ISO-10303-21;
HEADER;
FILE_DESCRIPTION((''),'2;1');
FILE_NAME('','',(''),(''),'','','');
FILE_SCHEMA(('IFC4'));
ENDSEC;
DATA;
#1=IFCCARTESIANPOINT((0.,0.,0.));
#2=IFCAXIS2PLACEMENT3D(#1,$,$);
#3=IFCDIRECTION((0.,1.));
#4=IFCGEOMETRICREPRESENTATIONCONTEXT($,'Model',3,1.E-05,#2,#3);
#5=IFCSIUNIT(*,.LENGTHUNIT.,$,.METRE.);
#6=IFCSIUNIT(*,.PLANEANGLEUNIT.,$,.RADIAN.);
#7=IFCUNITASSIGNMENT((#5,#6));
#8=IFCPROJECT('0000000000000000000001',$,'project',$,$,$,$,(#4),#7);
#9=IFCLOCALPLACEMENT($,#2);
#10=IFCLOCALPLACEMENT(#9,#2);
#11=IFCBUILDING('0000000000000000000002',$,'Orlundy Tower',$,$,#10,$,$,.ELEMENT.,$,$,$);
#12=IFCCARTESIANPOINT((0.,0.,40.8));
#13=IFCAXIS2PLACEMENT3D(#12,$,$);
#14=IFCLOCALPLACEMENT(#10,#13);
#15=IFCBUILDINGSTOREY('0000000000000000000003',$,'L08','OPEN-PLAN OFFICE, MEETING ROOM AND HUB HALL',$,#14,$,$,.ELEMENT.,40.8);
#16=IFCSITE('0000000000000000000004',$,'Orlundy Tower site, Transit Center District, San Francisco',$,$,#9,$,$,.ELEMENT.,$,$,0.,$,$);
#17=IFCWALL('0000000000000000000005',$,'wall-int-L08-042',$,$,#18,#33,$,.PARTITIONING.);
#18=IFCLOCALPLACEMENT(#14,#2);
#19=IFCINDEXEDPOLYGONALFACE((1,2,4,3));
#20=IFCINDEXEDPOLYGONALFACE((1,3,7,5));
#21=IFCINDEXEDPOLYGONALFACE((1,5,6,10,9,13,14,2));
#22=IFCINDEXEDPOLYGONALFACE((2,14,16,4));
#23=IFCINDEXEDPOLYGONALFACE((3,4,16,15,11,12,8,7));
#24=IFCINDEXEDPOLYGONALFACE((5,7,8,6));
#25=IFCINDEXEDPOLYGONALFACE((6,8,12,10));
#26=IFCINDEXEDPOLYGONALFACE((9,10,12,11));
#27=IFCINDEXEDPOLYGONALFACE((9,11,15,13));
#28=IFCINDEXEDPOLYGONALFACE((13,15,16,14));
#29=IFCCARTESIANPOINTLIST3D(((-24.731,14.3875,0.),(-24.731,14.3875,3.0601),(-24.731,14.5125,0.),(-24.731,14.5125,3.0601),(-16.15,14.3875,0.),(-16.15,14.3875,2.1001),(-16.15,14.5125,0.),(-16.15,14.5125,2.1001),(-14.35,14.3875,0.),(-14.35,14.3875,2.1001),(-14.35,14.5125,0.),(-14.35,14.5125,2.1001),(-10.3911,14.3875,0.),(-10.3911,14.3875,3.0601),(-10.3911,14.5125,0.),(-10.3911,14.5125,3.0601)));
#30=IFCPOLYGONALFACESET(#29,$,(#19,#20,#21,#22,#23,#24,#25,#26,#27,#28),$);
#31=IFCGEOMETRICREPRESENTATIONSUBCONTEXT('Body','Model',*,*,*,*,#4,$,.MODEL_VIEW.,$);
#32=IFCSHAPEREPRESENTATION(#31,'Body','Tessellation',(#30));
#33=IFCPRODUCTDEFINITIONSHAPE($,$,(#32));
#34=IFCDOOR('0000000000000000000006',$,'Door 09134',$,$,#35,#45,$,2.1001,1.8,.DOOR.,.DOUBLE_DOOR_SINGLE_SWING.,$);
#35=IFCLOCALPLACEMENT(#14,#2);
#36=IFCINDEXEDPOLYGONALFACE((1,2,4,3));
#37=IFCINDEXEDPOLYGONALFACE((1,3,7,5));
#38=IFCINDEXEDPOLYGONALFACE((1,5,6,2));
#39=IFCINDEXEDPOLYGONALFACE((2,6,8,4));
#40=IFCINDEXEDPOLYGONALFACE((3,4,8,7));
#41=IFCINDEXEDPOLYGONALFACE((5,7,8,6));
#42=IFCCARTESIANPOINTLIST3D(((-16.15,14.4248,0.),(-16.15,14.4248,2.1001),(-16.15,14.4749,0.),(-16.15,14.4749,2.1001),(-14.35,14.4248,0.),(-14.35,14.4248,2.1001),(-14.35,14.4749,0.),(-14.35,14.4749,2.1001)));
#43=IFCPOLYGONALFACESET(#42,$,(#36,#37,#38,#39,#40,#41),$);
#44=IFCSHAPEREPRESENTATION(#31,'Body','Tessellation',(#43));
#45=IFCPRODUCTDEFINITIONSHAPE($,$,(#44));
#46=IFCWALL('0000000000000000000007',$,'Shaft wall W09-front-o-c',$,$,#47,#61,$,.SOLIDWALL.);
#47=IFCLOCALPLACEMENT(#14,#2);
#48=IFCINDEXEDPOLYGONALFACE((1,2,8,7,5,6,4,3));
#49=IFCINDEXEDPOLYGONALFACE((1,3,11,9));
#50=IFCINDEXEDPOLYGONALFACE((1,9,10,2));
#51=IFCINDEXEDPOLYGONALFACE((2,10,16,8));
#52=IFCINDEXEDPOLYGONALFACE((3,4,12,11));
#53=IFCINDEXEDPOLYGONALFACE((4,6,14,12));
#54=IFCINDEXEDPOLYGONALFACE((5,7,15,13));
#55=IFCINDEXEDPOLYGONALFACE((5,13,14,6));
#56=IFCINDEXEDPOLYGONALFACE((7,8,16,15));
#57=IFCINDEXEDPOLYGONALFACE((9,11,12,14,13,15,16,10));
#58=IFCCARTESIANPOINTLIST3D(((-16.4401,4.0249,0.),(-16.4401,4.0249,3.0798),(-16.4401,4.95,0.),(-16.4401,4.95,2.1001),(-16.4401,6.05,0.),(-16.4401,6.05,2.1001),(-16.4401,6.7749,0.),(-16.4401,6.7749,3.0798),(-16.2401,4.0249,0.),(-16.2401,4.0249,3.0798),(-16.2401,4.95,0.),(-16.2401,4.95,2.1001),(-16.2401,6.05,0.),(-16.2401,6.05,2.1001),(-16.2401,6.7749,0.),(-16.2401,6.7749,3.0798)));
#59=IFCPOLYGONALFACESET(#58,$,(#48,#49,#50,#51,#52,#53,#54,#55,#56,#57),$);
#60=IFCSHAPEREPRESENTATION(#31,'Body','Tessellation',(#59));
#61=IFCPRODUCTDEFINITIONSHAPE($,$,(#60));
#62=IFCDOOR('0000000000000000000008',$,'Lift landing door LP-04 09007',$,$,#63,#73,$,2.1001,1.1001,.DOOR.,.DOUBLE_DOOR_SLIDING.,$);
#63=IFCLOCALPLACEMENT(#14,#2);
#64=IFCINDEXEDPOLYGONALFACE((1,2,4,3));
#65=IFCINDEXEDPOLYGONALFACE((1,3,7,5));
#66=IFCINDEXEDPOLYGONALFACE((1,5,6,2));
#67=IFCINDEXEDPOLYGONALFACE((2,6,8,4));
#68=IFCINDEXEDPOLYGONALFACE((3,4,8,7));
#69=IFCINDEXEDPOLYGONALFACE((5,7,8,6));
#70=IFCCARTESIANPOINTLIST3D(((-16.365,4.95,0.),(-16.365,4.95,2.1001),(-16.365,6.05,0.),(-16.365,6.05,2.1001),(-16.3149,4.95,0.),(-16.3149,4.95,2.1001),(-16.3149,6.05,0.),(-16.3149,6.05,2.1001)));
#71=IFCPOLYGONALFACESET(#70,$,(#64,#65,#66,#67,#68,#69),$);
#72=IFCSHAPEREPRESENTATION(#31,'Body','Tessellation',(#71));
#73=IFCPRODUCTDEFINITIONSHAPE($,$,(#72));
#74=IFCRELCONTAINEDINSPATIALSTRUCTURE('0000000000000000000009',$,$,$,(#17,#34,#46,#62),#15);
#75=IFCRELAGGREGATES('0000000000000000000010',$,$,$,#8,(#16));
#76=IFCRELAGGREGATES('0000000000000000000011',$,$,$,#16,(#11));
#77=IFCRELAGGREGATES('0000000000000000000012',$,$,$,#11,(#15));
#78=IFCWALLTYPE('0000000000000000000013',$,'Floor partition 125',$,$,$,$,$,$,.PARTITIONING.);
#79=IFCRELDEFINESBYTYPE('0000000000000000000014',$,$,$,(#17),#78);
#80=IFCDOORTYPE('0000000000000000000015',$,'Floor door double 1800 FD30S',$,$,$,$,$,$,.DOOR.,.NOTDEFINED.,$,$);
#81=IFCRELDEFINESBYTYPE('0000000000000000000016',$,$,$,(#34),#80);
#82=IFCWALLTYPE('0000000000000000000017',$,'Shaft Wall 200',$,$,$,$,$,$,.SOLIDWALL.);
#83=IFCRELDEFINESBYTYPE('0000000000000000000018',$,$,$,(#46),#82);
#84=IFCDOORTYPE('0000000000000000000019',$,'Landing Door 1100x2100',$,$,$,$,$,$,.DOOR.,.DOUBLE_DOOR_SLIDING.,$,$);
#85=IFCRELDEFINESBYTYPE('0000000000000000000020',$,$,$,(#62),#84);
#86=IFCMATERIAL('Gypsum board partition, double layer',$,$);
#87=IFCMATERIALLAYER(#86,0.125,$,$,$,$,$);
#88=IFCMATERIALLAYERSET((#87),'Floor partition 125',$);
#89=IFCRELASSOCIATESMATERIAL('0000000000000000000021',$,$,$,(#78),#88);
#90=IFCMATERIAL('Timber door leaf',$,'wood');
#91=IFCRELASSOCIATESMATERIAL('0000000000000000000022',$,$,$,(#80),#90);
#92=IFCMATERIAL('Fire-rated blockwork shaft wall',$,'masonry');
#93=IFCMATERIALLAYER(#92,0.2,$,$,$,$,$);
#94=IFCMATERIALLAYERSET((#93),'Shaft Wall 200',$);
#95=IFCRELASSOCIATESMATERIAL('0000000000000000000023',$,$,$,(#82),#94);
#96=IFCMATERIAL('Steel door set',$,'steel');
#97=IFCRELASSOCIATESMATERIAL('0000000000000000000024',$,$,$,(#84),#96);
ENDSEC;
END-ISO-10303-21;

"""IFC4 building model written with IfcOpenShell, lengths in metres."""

from ifc_helpers import new_model, si_unit, direction, frame, frame_2d, origin, place, context, subcontext, project, spatial, rectangle, extrude, material, layer, layer_set, type_object, element, fill, save


model = new_model("IFC4")

# Units and contexts
model_context = context("Model", 3, precision=1e-05, world=origin(), true_north=direction((0.0, 1.0)))
body_context = subcontext(model_context, "Body", "Model", "MODEL_VIEW")
ifc_project = project(units=[si_unit("LENGTHUNIT", "METRE"), si_unit("PLANEANGLEUNIT", "RADIAN")], contexts=[model_context])

# Site, building, storey
site_placement = place(None, origin())
site = spatial("IfcSite", under=ifc_project, at=site_placement, Name="Orlundy Tower site, Transit Center District, San Francisco", CompositionType="ELEMENT", RefElevation=0.0)
building_placement = place(site_placement, origin())
building = spatial("IfcBuilding", under=site, at=building_placement, Name="Orlundy Tower", CompositionType="ELEMENT")
storey_placement = place(building_placement, frame((0.0, 0.0, 40.8)))
storey = spatial("IfcBuildingStorey", under=building, at=storey_placement, Name="L08", Description="OPEN-PLAN OFFICE, MEETING ROOM AND HUB HALL", CompositionType="ELEMENT", Elevation=40.8)

# Walls, openings, doors
ifc_material_1 = material(Name="Gypsum board partition, double layer")
ifc_layer_1 = layer(ifc_material_1, 0.125)
ifc_layer_set_1 = layer_set([ifc_layer_1], Name="Floor partition 125")
wall_type_1 = type_object("IfcWallType", Name="Floor partition 125", PredefinedType="PARTITIONING", material=ifc_layer_set_1)
wall_1_placement = place(storey_placement, frame((-24.731, 14.45, 0.0), z_axis=(0.0, 0.0, 1.0), x_axis=(1.0, 0.0, 0.0)))
wall_1 = element("IfcWall", 1, at=wall_1_placement, inside=storey, type_object=wall_type_1, Name="wall-int-L08-042", PredefinedType="PARTITIONING", context=body_context, shape_type="SweptSolid", body=[
    extrude(rectangle(XDim=14.3398, YDim=0.125, at=frame_2d((7.1699, 0.0))), origin(), (0.0, 0.0, 1.0), 3.0601),
])
opening_1_placement = place(wall_1_placement, frame((8.5811, 0.0, 0.0)))
opening_1 = element("IfcOpeningElement", 2, at=opening_1_placement, cuts=wall_1, PredefinedType="OPENING", context=body_context, shape_type="SweptSolid", body=[
    extrude(rectangle(XDim=1.8, YDim=2.1001, at=frame_2d((0.8999, 1.05))), frame((0.0, 0.0725, 0.0), z_axis=(0.0, -1.0, 0.0), x_axis=(1.0, 0.0, 0.0)), (0.0, 0.0, 1.0), 0.145),
])
ifc_material_2 = material(Name="Timber door leaf", Category="wood")
door_type_1 = type_object("IfcDoorType", Name="Floor door double 1800 FD30S", OperationType="NOTDEFINED", PredefinedType="DOOR", material=ifc_material_2)
door_1_placement = place(opening_1_placement, origin())
door_1 = element("IfcDoor", 3, at=door_1_placement, inside=storey, type_object=door_type_1, Name="Door 09134", OperationType="DOUBLE_DOOR_SINGLE_SWING", OverallHeight=2.1001, OverallWidth=1.8, PredefinedType="DOOR", context=body_context, shape_type="SweptSolid", body=[
    extrude(rectangle(XDim=1.8, YDim=2.1001, at=frame_2d((0.8999, 1.05))), frame((0.0, 0.0249, 0.0), z_axis=(0.0, -1.0, 0.0), x_axis=(1.0, 0.0, 0.0)), (0.0, 0.0, 1.0), 0.05),
])
fill(opening_1, door_1)
ifc_material_3 = material(Name="Fire-rated blockwork shaft wall", Category="masonry")
ifc_layer_2 = layer(ifc_material_3, 0.2)
ifc_layer_set_2 = layer_set([ifc_layer_2], Name="Shaft Wall 200")
wall_type_2 = type_object("IfcWallType", Name="Shaft Wall 200", PredefinedType="SOLIDWALL", material=ifc_layer_set_2)
wall_2_placement = place(storey_placement, frame((-16.3401, 4.0249, 0.0), z_axis=(0.0, 0.0, 1.0), x_axis=(0.0, 1.0, 0.0)))
wall_2 = element("IfcWall", 4, at=wall_2_placement, inside=storey, type_object=wall_type_2, Name="Shaft wall W09-front-o-c", PredefinedType="SOLIDWALL", context=body_context, shape_type="SweptSolid", body=[
    extrude(rectangle(XDim=2.75, YDim=0.2, at=frame_2d((1.375, 0.0))), origin(), (0.0, 0.0, 1.0), 3.0798),
])
opening_2_placement = place(wall_2_placement, frame((0.925, 0.0, 0.0)))
opening_2 = element("IfcOpeningElement", 5, at=opening_2_placement, cuts=wall_2, PredefinedType="OPENING", context=body_context, shape_type="SweptSolid", body=[
    extrude(rectangle(XDim=1.1001, YDim=2.1001, at=frame_2d((0.55, 1.05))), frame((0.0, 0.1101, 0.0), z_axis=(0.0, -1.0, 0.0), x_axis=(1.0, 0.0, 0.0)), (0.0, 0.0, 1.0), 0.2202),
])
ifc_material_4 = material(Name="Steel door set", Category="steel")
door_type_2 = type_object("IfcDoorType", Name="Landing Door 1100x2100", OperationType="DOUBLE_DOOR_SLIDING", PredefinedType="DOOR", material=ifc_material_4)
door_2_placement = place(opening_2_placement, origin())
door_2 = element("IfcDoor", 6, at=door_2_placement, inside=storey, type_object=door_type_2, Name="Lift landing door LP-04 09007", OperationType="DOUBLE_DOOR_SLIDING", OverallHeight=2.1001, OverallWidth=1.1001, PredefinedType="DOOR", context=body_context, shape_type="SweptSolid", body=[
    extrude(rectangle(XDim=1.1001, YDim=2.1001, at=frame_2d((0.55, 1.05))), frame((0.0, 0.0249, 0.0), z_axis=(0.0, -1.0, 0.0), x_axis=(1.0, 0.0, 0.0)), (0.0, 0.0, 1.0), 0.05),
])
fill(opening_2, door_2)

save(model, "model.ifc")
